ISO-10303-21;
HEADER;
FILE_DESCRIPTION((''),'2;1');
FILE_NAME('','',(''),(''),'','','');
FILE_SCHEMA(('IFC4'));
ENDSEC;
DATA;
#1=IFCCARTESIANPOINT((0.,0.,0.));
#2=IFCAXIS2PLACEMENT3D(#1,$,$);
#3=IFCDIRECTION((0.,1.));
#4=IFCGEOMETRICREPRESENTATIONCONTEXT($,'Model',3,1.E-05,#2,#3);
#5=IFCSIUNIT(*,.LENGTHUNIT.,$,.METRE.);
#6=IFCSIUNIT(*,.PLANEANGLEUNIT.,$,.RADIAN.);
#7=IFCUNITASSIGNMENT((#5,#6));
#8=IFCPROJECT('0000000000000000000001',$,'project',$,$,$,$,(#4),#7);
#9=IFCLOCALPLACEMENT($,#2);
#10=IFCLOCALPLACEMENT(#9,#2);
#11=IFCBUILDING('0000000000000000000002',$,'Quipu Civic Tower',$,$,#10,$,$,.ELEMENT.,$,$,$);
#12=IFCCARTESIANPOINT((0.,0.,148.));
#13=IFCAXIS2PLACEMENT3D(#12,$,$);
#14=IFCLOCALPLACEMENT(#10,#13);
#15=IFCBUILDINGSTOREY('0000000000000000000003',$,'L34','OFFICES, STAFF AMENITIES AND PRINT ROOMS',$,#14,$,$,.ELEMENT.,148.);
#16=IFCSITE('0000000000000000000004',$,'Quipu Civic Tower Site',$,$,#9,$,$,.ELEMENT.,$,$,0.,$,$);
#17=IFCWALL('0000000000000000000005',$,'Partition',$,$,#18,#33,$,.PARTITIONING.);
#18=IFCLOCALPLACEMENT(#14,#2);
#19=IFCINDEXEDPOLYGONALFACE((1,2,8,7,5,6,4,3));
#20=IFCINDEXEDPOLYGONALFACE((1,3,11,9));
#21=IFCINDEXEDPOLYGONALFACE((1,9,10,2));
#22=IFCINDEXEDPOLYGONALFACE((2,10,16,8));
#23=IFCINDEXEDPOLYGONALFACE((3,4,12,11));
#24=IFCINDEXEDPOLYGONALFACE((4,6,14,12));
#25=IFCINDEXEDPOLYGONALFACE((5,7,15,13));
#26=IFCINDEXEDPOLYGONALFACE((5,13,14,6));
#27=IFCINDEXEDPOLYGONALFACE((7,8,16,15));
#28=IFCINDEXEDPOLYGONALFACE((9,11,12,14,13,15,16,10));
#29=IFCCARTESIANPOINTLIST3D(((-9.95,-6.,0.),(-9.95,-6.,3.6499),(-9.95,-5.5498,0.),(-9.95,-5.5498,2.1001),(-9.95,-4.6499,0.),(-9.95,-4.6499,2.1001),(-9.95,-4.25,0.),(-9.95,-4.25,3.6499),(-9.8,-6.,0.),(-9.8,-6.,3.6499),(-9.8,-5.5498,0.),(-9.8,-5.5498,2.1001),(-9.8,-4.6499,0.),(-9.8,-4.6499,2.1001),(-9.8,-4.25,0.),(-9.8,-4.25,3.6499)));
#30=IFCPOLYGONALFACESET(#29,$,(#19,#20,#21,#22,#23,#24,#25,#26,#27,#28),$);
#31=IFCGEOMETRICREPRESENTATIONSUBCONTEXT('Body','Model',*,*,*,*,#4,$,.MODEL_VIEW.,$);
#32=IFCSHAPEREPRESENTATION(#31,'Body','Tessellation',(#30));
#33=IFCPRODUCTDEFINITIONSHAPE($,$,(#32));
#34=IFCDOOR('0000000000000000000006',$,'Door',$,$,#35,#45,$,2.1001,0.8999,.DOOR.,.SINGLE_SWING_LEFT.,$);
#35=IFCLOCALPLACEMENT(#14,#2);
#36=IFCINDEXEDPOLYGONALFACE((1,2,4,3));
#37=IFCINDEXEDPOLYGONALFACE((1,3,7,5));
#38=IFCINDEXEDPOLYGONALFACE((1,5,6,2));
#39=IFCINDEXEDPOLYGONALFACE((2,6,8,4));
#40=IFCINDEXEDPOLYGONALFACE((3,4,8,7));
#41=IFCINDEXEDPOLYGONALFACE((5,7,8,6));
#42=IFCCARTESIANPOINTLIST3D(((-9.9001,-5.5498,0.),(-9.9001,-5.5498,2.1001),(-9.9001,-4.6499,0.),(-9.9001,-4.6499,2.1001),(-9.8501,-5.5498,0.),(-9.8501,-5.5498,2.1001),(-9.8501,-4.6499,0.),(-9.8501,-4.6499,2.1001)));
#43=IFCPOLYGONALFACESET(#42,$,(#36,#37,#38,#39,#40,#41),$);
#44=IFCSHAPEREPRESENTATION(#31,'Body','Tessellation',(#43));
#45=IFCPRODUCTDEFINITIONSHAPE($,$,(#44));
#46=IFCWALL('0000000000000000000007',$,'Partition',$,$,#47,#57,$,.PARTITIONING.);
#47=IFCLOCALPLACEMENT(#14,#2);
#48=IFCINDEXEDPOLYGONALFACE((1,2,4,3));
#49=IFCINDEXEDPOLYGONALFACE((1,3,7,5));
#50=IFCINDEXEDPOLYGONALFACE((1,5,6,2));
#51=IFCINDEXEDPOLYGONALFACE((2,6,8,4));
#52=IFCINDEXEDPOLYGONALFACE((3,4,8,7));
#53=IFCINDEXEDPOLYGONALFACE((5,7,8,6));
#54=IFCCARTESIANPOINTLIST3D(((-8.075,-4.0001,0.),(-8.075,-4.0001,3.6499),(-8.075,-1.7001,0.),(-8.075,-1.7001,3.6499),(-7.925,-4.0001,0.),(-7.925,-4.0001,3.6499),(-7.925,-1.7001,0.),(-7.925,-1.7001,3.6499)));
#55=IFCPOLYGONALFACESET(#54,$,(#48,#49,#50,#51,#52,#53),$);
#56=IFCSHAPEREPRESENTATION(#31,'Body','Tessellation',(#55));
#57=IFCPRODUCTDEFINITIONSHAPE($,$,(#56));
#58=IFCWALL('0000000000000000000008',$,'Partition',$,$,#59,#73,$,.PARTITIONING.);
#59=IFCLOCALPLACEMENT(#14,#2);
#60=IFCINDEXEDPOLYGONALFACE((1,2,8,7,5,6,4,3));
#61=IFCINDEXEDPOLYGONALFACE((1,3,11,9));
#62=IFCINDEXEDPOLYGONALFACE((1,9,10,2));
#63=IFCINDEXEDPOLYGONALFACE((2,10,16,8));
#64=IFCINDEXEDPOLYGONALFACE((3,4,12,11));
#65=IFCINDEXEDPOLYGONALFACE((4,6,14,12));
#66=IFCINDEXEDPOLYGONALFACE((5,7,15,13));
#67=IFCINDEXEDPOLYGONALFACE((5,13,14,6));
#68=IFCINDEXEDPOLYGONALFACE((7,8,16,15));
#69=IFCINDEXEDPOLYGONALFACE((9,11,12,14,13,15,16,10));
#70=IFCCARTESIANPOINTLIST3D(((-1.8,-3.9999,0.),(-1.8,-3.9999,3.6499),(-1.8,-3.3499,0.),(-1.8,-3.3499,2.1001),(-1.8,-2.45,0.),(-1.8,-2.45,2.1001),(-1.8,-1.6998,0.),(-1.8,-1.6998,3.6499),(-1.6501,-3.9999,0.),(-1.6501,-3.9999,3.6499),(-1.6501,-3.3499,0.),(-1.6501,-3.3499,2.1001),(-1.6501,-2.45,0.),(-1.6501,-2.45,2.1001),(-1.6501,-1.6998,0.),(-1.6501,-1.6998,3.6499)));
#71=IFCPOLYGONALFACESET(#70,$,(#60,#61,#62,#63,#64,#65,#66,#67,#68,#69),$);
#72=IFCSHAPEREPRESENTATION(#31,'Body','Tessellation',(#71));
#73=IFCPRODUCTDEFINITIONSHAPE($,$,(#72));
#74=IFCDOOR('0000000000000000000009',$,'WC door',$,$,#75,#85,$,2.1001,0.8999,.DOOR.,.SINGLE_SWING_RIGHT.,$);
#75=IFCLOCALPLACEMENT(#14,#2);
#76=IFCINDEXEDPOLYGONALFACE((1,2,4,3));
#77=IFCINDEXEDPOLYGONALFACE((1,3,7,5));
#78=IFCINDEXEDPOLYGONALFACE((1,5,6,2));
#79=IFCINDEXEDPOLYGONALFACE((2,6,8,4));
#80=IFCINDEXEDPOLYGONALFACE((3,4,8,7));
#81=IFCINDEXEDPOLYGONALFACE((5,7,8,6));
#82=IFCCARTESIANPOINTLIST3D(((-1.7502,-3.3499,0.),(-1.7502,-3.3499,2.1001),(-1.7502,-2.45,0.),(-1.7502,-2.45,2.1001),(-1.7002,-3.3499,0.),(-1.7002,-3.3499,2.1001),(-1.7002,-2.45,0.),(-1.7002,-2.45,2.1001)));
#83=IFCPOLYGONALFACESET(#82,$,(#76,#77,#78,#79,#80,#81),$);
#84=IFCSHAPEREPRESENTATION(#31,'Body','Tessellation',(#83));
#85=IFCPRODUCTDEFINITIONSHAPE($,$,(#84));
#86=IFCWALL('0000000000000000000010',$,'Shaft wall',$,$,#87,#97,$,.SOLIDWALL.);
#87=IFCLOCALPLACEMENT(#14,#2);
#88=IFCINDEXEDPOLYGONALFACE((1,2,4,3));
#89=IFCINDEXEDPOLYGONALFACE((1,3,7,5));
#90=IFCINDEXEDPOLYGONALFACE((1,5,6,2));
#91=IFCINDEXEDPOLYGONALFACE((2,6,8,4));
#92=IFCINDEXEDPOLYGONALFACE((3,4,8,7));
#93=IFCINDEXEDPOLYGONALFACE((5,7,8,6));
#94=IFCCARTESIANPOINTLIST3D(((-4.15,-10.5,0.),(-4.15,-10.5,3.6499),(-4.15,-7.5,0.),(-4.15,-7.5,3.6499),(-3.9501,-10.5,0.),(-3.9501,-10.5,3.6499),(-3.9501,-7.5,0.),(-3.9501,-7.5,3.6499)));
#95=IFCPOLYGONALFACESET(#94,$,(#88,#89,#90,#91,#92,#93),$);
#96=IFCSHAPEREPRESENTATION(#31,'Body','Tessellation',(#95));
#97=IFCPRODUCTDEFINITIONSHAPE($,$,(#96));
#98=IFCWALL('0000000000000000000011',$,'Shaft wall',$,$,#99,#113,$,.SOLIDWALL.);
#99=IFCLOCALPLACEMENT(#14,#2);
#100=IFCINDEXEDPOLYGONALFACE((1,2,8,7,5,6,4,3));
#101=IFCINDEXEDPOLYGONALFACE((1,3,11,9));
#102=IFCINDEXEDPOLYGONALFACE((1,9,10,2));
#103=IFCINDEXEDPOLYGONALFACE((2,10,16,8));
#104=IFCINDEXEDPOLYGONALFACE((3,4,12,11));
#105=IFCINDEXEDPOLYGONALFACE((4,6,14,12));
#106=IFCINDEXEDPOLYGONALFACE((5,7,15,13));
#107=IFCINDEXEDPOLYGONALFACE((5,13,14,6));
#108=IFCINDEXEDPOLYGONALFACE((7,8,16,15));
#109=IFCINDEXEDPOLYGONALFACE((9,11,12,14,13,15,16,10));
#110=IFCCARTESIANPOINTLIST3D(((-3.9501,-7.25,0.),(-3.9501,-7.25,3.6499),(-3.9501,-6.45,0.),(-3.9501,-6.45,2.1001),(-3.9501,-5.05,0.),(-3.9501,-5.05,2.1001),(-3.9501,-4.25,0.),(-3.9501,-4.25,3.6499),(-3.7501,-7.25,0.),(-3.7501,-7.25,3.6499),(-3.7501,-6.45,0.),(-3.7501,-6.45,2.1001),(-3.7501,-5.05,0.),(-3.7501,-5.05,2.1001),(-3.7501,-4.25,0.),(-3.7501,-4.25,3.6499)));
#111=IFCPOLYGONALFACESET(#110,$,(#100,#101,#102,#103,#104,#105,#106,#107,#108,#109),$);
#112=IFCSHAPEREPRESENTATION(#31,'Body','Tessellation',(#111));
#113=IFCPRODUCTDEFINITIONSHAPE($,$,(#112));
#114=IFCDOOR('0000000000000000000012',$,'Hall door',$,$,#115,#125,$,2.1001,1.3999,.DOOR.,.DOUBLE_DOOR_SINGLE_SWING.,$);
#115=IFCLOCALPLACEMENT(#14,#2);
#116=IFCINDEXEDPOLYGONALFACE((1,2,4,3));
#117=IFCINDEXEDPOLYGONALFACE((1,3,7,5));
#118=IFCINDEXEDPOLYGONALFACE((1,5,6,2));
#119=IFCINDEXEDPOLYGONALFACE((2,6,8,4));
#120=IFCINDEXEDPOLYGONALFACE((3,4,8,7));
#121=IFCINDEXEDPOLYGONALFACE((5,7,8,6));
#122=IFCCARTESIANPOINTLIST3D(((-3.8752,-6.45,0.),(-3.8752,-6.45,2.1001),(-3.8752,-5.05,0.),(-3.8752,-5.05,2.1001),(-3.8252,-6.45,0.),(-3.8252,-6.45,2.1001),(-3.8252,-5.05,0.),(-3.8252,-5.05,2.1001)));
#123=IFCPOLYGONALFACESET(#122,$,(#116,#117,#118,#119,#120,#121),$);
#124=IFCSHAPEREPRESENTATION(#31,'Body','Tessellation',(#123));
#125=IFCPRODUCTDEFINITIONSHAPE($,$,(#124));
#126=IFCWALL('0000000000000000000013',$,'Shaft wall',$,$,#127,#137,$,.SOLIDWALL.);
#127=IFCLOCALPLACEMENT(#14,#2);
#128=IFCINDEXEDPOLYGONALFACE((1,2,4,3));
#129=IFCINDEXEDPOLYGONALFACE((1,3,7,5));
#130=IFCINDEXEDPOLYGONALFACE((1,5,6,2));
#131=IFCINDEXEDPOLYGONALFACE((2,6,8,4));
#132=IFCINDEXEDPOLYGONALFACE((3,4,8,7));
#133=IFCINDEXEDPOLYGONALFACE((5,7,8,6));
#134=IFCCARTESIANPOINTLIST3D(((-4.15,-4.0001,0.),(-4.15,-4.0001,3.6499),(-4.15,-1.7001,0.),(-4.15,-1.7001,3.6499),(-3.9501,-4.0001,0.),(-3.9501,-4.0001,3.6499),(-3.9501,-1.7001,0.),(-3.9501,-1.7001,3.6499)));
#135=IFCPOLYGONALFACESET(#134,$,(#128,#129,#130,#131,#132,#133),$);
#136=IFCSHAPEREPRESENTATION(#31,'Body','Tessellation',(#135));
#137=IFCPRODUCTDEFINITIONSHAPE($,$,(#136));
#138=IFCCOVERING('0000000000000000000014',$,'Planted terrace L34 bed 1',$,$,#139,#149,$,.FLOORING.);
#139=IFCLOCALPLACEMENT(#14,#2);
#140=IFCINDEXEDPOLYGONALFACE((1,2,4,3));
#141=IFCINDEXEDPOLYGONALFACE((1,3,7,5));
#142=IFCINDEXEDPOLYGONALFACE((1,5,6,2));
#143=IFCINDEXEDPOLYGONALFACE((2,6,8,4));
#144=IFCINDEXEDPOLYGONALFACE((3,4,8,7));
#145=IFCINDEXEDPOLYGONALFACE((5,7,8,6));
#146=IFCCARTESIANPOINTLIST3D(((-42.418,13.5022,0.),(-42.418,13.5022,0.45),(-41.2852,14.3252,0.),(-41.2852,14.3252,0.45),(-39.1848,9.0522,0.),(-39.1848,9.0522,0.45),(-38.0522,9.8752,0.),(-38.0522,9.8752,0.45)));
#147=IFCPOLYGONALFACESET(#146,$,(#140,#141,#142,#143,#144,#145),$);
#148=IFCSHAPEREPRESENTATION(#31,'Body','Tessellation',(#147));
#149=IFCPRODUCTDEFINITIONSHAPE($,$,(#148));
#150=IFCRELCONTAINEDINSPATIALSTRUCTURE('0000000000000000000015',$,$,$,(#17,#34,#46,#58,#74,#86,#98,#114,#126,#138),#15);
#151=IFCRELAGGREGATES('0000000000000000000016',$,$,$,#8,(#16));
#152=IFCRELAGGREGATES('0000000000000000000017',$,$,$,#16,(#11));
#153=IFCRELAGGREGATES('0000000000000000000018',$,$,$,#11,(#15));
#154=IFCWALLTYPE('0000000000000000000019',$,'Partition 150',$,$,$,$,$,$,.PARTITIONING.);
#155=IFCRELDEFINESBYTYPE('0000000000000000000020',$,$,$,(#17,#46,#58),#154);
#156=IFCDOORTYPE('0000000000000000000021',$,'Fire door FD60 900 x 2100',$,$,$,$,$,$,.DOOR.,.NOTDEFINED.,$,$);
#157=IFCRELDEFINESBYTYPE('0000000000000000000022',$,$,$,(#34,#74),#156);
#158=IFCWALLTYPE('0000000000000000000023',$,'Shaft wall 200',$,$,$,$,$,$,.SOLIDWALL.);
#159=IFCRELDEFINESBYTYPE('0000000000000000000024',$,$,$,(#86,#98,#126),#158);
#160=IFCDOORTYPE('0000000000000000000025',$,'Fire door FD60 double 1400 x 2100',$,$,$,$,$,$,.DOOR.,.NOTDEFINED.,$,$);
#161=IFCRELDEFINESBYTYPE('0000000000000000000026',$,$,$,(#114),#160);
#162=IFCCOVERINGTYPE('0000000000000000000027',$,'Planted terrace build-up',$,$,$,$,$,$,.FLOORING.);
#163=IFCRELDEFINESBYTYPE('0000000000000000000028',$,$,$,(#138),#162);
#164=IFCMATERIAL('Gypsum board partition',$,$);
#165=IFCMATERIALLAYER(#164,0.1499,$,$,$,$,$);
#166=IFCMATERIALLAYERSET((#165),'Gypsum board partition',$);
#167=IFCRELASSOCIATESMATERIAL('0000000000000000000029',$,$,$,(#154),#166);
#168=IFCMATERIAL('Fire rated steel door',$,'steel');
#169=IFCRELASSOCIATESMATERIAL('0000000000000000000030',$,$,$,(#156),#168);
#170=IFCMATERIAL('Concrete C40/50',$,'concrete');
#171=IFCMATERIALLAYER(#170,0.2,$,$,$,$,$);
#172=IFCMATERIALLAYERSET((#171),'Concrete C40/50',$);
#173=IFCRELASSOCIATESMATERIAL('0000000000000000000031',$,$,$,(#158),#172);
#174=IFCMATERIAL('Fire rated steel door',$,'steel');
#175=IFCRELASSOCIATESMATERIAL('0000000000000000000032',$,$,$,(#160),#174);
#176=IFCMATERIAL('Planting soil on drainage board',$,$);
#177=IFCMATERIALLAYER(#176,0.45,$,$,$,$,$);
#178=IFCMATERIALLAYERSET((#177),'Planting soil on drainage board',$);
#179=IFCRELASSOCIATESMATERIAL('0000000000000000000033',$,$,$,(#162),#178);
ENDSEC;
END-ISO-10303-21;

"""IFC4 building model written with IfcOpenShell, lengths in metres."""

from ifc_helpers import new_model, si_unit, direction, frame, frame_2d, origin, place, context, subcontext, project, spatial, polyline, rectangle, outline, extrude, material, layer, layer_set, type_object, element, fill, save


model = new_model("IFC4")

# Units and contexts
model_context = context("Model", 3, precision=1e-05, world=origin(), true_north=direction((0.0, 1.0)))
body_context = subcontext(model_context, "Body", "Model", "MODEL_VIEW")
ifc_project = project(units=[si_unit("LENGTHUNIT", "METRE"), si_unit("PLANEANGLEUNIT", "RADIAN")], contexts=[model_context])

# Site, building, storey
site_placement = place(None, origin())
site = spatial("IfcSite", under=ifc_project, at=site_placement, Name="Quipu Civic Tower Site", CompositionType="ELEMENT", RefElevation=0.0)
building_placement = place(site_placement, origin())
building = spatial("IfcBuilding", under=site, at=building_placement, Name="Quipu Civic Tower", CompositionType="ELEMENT")
storey_placement = place(building_placement, frame((0.0, 0.0, 148.0)))
storey = spatial("IfcBuildingStorey", under=building, at=storey_placement, Name="L34", Description="OFFICES, STAFF AMENITIES AND PRINT ROOMS", CompositionType="ELEMENT", Elevation=148.0)

# Shared definitions
ifc_material_1 = material(Name="Gypsum board partition")
ifc_layer_1 = layer(ifc_material_1, 0.1499)
ifc_layer_set_1 = layer_set([ifc_layer_1], Name="Gypsum board partition")
wall_type_1 = type_object("IfcWallType", Name="Partition 150", PredefinedType="PARTITIONING", material=ifc_layer_set_1)

# Wall, opening, door
wall_1_placement = place(storey_placement, frame((-9.875, -4.25, 0.0), z_axis=(0.0, 0.0, 1.0), x_axis=(0.0, -1.0, 0.0)))
wall_1 = element("IfcWall", 1, at=wall_1_placement, inside=storey, type_object=wall_type_1, Name="Partition", PredefinedType="PARTITIONING", context=body_context, shape_type="SweptSolid", body=[
    extrude(rectangle(XDim=1.75, YDim=0.1499, at=frame_2d((0.875, 0.0))), origin(), (0.0, 0.0, 1.0), 3.6499),
])
opening_1_placement = place(wall_1_placement, frame((0.3999, 0.0, 0.0)))
opening_1 = element("IfcOpeningElement", 2, at=opening_1_placement, cuts=wall_1, PredefinedType="OPENING", context=body_context, shape_type="SweptSolid", body=[
    extrude(rectangle(XDim=0.8999, YDim=2.1001, at=frame_2d((0.45, 1.05))), frame((0.0, 0.085, 0.0), z_axis=(0.0, -1.0, 0.0), x_axis=(1.0, 0.0, 0.0)), (0.0, 0.0, 1.0), 0.1699),
])
ifc_material_2 = material(Name="Fire rated steel door", Category="steel")
door_type_1 = type_object("IfcDoorType", Name="Fire door FD60 900 x 2100", OperationType="NOTDEFINED", PredefinedType="DOOR", material=ifc_material_2)
door_1_placement = place(opening_1_placement, origin())
door_1 = element("IfcDoor", 3, at=door_1_placement, inside=storey, type_object=door_type_1, Name="Door", OperationType="SINGLE_SWING_LEFT", OverallHeight=2.1001, OverallWidth=0.8999, PredefinedType="DOOR", context=body_context, shape_type="SweptSolid", body=[
    extrude(rectangle(XDim=0.8999, YDim=2.1001, at=frame_2d((0.45, 1.05))), frame((0.0, 0.0249, 0.0), z_axis=(0.0, -1.0, 0.0), x_axis=(1.0, 0.0, 0.0)), (0.0, 0.0, 1.0), 0.05),
])
fill(opening_1, door_1)

# Wall
wall_2_placement = place(storey_placement, frame((-8.0, -4.0, 0.0), z_axis=(0.0, 0.0, 1.0), x_axis=(0.0, 1.0, 0.0)))
element("IfcWall", 4, at=wall_2_placement, inside=storey, type_object=wall_type_1, Name="Partition", PredefinedType="PARTITIONING", context=body_context, shape_type="SweptSolid", body=[
    extrude(rectangle(XDim=2.3, YDim=0.1499, at=frame_2d((1.1499, 0.0))), origin(), (0.0, 0.0, 1.0), 3.6499),
])

# Wall, opening, door
wall_3_placement = place(storey_placement, frame((-1.7251, -1.7, 0.0), z_axis=(0.0, 0.0, 1.0), x_axis=(0.0, -1.0, 0.0)))
wall_3 = element("IfcWall", 5, at=wall_3_placement, inside=storey, type_object=wall_type_1, Name="Partition", PredefinedType="PARTITIONING", context=body_context, shape_type="SweptSolid", body=[
    extrude(rectangle(XDim=2.3, YDim=0.1499, at=frame_2d((1.1499, 0.0))), origin(), (0.0, 0.0, 1.0), 3.6499),
])
opening_2_placement = place(wall_3_placement, frame((0.75, 0.0, 0.0)))
opening_2 = element("IfcOpeningElement", 6, at=opening_2_placement, cuts=wall_3, PredefinedType="OPENING", context=body_context, shape_type="SweptSolid", body=[
    extrude(rectangle(XDim=0.8999, YDim=2.1001, at=frame_2d((0.45, 1.05))), frame((0.0, 0.085, 0.0), z_axis=(0.0, -1.0, 0.0), x_axis=(1.0, 0.0, 0.0)), (0.0, 0.0, 1.0), 0.1699),
])
door_2_placement = place(opening_2_placement, origin())
door_2 = element("IfcDoor", 7, at=door_2_placement, inside=storey, type_object=door_type_1, Name="WC door", OperationType="SINGLE_SWING_RIGHT", OverallHeight=2.1001, OverallWidth=0.8999, PredefinedType="DOOR", context=body_context, shape_type="SweptSolid", body=[
    extrude(rectangle(XDim=0.8999, YDim=2.1001, at=frame_2d((0.45, 1.05))), frame((0.0, 0.0249, 0.0), z_axis=(0.0, -1.0, 0.0), x_axis=(1.0, 0.0, 0.0)), (0.0, 0.0, 1.0), 0.05),
])
fill(opening_2, door_2)

# Wall
ifc_material_3 = material(Name="Concrete C40/50", Category="concrete")
ifc_layer_2 = layer(ifc_material_3, 0.2)
ifc_layer_set_2 = layer_set([ifc_layer_2], Name="Concrete C40/50")
wall_type_2 = type_object("IfcWallType", Name="Shaft wall 200", PredefinedType="SOLIDWALL", material=ifc_layer_set_2)
wall_4_placement = place(storey_placement, frame((-4.05, -10.5, 0.0), z_axis=(0.0, 0.0, 1.0), x_axis=(0.0, 1.0, 0.0)))
element("IfcWall", 8, at=wall_4_placement, inside=storey, type_object=wall_type_2, Name="Shaft wall", PredefinedType="SOLIDWALL", context=body_context, shape_type="SweptSolid", body=[
    extrude(rectangle(XDim=3.0, YDim=0.2, at=frame_2d((1.5, 0.0))), origin(), (0.0, 0.0, 1.0), 3.6499),
])

# Wall, opening, door
wall_5_placement = place(storey_placement, frame((-3.8501, -4.25, 0.0), z_axis=(0.0, 0.0, 1.0), x_axis=(0.0, -1.0, 0.0)))
wall_5 = element("IfcWall", 9, at=wall_5_placement, inside=storey, type_object=wall_type_2, Name="Shaft wall", PredefinedType="SOLIDWALL", context=body_context, shape_type="SweptSolid", body=[
    extrude(rectangle(XDim=3.0, YDim=0.2, at=frame_2d((1.5, 0.0))), origin(), (0.0, 0.0, 1.0), 3.6499),
])
opening_3_placement = place(wall_5_placement, frame((0.8, 0.0, 0.0)))
opening_3 = element("IfcOpeningElement", 10, at=opening_3_placement, cuts=wall_5, PredefinedType="OPENING", context=body_context, shape_type="SweptSolid", body=[
    extrude(rectangle(XDim=1.3999, YDim=2.1001, at=frame_2d((0.7, 1.05))), frame((0.0, 0.1099, 0.0), z_axis=(0.0, -1.0, 0.0), x_axis=(1.0, 0.0, 0.0)), (0.0, 0.0, 1.0), 0.22),
])
ifc_material_4 = material(Name="Fire rated steel door", Category="steel")
door_type_2 = type_object("IfcDoorType", Name="Fire door FD60 double 1400 x 2100", OperationType="NOTDEFINED", PredefinedType="DOOR", material=ifc_material_4)
door_3_placement = place(opening_3_placement, origin())
door_3 = element("IfcDoor", 11, at=door_3_placement, inside=storey, type_object=door_type_2, Name="Hall door", OperationType="DOUBLE_DOOR_SINGLE_SWING", OverallHeight=2.1001, OverallWidth=1.3999, PredefinedType="DOOR", context=body_context, shape_type="SweptSolid", body=[
    extrude(rectangle(XDim=1.3999, YDim=2.1001, at=frame_2d((0.7, 1.05))), frame((0.0, 0.0249, 0.0), z_axis=(0.0, -1.0, 0.0), x_axis=(1.0, 0.0, 0.0)), (0.0, 0.0, 1.0), 0.05),
])
fill(opening_3, door_3)

# Wall
wall_6_placement = place(storey_placement, frame((-4.05, -4.0, 0.0), z_axis=(0.0, 0.0, 1.0), x_axis=(0.0, 1.0, 0.0)))
element("IfcWall", 12, at=wall_6_placement, inside=storey, type_object=wall_type_2, Name="Shaft wall", PredefinedType="SOLIDWALL", context=body_context, shape_type="SweptSolid", body=[
    extrude(rectangle(XDim=2.3, YDim=0.2, at=frame_2d((1.1499, 0.0))), origin(), (0.0, 0.0, 1.0), 3.6499),
])

# Covering
ifc_material_5 = material(Name="Planting soil on drainage board")
ifc_layer_3 = layer(ifc_material_5, 0.45)
ifc_layer_set_3 = layer_set([ifc_layer_3], Name="Planting soil on drainage board")
covering_type = type_object("IfcCoveringType", Name="Planted terrace build-up", PredefinedType="FLOORING", material=ifc_layer_set_3)
covering_placement = place(storey_placement, origin())
element("IfcCovering", 13, at=covering_placement, inside=storey, type_object=covering_type, Name="Planted terrace L34 bed 1", PredefinedType="FLOORING", context=body_context, shape_type="SweptSolid", body=[
    extrude(outline(polyline([(-38.0522, 9.8752), (-39.1848, 9.0522), (-42.418, 13.5022), (-41.2852, 14.3252), (-38.0522, 9.8752)])), origin(), (0.0, 0.0, 1.0), 0.45),
])

save(model, "model.ifc")
